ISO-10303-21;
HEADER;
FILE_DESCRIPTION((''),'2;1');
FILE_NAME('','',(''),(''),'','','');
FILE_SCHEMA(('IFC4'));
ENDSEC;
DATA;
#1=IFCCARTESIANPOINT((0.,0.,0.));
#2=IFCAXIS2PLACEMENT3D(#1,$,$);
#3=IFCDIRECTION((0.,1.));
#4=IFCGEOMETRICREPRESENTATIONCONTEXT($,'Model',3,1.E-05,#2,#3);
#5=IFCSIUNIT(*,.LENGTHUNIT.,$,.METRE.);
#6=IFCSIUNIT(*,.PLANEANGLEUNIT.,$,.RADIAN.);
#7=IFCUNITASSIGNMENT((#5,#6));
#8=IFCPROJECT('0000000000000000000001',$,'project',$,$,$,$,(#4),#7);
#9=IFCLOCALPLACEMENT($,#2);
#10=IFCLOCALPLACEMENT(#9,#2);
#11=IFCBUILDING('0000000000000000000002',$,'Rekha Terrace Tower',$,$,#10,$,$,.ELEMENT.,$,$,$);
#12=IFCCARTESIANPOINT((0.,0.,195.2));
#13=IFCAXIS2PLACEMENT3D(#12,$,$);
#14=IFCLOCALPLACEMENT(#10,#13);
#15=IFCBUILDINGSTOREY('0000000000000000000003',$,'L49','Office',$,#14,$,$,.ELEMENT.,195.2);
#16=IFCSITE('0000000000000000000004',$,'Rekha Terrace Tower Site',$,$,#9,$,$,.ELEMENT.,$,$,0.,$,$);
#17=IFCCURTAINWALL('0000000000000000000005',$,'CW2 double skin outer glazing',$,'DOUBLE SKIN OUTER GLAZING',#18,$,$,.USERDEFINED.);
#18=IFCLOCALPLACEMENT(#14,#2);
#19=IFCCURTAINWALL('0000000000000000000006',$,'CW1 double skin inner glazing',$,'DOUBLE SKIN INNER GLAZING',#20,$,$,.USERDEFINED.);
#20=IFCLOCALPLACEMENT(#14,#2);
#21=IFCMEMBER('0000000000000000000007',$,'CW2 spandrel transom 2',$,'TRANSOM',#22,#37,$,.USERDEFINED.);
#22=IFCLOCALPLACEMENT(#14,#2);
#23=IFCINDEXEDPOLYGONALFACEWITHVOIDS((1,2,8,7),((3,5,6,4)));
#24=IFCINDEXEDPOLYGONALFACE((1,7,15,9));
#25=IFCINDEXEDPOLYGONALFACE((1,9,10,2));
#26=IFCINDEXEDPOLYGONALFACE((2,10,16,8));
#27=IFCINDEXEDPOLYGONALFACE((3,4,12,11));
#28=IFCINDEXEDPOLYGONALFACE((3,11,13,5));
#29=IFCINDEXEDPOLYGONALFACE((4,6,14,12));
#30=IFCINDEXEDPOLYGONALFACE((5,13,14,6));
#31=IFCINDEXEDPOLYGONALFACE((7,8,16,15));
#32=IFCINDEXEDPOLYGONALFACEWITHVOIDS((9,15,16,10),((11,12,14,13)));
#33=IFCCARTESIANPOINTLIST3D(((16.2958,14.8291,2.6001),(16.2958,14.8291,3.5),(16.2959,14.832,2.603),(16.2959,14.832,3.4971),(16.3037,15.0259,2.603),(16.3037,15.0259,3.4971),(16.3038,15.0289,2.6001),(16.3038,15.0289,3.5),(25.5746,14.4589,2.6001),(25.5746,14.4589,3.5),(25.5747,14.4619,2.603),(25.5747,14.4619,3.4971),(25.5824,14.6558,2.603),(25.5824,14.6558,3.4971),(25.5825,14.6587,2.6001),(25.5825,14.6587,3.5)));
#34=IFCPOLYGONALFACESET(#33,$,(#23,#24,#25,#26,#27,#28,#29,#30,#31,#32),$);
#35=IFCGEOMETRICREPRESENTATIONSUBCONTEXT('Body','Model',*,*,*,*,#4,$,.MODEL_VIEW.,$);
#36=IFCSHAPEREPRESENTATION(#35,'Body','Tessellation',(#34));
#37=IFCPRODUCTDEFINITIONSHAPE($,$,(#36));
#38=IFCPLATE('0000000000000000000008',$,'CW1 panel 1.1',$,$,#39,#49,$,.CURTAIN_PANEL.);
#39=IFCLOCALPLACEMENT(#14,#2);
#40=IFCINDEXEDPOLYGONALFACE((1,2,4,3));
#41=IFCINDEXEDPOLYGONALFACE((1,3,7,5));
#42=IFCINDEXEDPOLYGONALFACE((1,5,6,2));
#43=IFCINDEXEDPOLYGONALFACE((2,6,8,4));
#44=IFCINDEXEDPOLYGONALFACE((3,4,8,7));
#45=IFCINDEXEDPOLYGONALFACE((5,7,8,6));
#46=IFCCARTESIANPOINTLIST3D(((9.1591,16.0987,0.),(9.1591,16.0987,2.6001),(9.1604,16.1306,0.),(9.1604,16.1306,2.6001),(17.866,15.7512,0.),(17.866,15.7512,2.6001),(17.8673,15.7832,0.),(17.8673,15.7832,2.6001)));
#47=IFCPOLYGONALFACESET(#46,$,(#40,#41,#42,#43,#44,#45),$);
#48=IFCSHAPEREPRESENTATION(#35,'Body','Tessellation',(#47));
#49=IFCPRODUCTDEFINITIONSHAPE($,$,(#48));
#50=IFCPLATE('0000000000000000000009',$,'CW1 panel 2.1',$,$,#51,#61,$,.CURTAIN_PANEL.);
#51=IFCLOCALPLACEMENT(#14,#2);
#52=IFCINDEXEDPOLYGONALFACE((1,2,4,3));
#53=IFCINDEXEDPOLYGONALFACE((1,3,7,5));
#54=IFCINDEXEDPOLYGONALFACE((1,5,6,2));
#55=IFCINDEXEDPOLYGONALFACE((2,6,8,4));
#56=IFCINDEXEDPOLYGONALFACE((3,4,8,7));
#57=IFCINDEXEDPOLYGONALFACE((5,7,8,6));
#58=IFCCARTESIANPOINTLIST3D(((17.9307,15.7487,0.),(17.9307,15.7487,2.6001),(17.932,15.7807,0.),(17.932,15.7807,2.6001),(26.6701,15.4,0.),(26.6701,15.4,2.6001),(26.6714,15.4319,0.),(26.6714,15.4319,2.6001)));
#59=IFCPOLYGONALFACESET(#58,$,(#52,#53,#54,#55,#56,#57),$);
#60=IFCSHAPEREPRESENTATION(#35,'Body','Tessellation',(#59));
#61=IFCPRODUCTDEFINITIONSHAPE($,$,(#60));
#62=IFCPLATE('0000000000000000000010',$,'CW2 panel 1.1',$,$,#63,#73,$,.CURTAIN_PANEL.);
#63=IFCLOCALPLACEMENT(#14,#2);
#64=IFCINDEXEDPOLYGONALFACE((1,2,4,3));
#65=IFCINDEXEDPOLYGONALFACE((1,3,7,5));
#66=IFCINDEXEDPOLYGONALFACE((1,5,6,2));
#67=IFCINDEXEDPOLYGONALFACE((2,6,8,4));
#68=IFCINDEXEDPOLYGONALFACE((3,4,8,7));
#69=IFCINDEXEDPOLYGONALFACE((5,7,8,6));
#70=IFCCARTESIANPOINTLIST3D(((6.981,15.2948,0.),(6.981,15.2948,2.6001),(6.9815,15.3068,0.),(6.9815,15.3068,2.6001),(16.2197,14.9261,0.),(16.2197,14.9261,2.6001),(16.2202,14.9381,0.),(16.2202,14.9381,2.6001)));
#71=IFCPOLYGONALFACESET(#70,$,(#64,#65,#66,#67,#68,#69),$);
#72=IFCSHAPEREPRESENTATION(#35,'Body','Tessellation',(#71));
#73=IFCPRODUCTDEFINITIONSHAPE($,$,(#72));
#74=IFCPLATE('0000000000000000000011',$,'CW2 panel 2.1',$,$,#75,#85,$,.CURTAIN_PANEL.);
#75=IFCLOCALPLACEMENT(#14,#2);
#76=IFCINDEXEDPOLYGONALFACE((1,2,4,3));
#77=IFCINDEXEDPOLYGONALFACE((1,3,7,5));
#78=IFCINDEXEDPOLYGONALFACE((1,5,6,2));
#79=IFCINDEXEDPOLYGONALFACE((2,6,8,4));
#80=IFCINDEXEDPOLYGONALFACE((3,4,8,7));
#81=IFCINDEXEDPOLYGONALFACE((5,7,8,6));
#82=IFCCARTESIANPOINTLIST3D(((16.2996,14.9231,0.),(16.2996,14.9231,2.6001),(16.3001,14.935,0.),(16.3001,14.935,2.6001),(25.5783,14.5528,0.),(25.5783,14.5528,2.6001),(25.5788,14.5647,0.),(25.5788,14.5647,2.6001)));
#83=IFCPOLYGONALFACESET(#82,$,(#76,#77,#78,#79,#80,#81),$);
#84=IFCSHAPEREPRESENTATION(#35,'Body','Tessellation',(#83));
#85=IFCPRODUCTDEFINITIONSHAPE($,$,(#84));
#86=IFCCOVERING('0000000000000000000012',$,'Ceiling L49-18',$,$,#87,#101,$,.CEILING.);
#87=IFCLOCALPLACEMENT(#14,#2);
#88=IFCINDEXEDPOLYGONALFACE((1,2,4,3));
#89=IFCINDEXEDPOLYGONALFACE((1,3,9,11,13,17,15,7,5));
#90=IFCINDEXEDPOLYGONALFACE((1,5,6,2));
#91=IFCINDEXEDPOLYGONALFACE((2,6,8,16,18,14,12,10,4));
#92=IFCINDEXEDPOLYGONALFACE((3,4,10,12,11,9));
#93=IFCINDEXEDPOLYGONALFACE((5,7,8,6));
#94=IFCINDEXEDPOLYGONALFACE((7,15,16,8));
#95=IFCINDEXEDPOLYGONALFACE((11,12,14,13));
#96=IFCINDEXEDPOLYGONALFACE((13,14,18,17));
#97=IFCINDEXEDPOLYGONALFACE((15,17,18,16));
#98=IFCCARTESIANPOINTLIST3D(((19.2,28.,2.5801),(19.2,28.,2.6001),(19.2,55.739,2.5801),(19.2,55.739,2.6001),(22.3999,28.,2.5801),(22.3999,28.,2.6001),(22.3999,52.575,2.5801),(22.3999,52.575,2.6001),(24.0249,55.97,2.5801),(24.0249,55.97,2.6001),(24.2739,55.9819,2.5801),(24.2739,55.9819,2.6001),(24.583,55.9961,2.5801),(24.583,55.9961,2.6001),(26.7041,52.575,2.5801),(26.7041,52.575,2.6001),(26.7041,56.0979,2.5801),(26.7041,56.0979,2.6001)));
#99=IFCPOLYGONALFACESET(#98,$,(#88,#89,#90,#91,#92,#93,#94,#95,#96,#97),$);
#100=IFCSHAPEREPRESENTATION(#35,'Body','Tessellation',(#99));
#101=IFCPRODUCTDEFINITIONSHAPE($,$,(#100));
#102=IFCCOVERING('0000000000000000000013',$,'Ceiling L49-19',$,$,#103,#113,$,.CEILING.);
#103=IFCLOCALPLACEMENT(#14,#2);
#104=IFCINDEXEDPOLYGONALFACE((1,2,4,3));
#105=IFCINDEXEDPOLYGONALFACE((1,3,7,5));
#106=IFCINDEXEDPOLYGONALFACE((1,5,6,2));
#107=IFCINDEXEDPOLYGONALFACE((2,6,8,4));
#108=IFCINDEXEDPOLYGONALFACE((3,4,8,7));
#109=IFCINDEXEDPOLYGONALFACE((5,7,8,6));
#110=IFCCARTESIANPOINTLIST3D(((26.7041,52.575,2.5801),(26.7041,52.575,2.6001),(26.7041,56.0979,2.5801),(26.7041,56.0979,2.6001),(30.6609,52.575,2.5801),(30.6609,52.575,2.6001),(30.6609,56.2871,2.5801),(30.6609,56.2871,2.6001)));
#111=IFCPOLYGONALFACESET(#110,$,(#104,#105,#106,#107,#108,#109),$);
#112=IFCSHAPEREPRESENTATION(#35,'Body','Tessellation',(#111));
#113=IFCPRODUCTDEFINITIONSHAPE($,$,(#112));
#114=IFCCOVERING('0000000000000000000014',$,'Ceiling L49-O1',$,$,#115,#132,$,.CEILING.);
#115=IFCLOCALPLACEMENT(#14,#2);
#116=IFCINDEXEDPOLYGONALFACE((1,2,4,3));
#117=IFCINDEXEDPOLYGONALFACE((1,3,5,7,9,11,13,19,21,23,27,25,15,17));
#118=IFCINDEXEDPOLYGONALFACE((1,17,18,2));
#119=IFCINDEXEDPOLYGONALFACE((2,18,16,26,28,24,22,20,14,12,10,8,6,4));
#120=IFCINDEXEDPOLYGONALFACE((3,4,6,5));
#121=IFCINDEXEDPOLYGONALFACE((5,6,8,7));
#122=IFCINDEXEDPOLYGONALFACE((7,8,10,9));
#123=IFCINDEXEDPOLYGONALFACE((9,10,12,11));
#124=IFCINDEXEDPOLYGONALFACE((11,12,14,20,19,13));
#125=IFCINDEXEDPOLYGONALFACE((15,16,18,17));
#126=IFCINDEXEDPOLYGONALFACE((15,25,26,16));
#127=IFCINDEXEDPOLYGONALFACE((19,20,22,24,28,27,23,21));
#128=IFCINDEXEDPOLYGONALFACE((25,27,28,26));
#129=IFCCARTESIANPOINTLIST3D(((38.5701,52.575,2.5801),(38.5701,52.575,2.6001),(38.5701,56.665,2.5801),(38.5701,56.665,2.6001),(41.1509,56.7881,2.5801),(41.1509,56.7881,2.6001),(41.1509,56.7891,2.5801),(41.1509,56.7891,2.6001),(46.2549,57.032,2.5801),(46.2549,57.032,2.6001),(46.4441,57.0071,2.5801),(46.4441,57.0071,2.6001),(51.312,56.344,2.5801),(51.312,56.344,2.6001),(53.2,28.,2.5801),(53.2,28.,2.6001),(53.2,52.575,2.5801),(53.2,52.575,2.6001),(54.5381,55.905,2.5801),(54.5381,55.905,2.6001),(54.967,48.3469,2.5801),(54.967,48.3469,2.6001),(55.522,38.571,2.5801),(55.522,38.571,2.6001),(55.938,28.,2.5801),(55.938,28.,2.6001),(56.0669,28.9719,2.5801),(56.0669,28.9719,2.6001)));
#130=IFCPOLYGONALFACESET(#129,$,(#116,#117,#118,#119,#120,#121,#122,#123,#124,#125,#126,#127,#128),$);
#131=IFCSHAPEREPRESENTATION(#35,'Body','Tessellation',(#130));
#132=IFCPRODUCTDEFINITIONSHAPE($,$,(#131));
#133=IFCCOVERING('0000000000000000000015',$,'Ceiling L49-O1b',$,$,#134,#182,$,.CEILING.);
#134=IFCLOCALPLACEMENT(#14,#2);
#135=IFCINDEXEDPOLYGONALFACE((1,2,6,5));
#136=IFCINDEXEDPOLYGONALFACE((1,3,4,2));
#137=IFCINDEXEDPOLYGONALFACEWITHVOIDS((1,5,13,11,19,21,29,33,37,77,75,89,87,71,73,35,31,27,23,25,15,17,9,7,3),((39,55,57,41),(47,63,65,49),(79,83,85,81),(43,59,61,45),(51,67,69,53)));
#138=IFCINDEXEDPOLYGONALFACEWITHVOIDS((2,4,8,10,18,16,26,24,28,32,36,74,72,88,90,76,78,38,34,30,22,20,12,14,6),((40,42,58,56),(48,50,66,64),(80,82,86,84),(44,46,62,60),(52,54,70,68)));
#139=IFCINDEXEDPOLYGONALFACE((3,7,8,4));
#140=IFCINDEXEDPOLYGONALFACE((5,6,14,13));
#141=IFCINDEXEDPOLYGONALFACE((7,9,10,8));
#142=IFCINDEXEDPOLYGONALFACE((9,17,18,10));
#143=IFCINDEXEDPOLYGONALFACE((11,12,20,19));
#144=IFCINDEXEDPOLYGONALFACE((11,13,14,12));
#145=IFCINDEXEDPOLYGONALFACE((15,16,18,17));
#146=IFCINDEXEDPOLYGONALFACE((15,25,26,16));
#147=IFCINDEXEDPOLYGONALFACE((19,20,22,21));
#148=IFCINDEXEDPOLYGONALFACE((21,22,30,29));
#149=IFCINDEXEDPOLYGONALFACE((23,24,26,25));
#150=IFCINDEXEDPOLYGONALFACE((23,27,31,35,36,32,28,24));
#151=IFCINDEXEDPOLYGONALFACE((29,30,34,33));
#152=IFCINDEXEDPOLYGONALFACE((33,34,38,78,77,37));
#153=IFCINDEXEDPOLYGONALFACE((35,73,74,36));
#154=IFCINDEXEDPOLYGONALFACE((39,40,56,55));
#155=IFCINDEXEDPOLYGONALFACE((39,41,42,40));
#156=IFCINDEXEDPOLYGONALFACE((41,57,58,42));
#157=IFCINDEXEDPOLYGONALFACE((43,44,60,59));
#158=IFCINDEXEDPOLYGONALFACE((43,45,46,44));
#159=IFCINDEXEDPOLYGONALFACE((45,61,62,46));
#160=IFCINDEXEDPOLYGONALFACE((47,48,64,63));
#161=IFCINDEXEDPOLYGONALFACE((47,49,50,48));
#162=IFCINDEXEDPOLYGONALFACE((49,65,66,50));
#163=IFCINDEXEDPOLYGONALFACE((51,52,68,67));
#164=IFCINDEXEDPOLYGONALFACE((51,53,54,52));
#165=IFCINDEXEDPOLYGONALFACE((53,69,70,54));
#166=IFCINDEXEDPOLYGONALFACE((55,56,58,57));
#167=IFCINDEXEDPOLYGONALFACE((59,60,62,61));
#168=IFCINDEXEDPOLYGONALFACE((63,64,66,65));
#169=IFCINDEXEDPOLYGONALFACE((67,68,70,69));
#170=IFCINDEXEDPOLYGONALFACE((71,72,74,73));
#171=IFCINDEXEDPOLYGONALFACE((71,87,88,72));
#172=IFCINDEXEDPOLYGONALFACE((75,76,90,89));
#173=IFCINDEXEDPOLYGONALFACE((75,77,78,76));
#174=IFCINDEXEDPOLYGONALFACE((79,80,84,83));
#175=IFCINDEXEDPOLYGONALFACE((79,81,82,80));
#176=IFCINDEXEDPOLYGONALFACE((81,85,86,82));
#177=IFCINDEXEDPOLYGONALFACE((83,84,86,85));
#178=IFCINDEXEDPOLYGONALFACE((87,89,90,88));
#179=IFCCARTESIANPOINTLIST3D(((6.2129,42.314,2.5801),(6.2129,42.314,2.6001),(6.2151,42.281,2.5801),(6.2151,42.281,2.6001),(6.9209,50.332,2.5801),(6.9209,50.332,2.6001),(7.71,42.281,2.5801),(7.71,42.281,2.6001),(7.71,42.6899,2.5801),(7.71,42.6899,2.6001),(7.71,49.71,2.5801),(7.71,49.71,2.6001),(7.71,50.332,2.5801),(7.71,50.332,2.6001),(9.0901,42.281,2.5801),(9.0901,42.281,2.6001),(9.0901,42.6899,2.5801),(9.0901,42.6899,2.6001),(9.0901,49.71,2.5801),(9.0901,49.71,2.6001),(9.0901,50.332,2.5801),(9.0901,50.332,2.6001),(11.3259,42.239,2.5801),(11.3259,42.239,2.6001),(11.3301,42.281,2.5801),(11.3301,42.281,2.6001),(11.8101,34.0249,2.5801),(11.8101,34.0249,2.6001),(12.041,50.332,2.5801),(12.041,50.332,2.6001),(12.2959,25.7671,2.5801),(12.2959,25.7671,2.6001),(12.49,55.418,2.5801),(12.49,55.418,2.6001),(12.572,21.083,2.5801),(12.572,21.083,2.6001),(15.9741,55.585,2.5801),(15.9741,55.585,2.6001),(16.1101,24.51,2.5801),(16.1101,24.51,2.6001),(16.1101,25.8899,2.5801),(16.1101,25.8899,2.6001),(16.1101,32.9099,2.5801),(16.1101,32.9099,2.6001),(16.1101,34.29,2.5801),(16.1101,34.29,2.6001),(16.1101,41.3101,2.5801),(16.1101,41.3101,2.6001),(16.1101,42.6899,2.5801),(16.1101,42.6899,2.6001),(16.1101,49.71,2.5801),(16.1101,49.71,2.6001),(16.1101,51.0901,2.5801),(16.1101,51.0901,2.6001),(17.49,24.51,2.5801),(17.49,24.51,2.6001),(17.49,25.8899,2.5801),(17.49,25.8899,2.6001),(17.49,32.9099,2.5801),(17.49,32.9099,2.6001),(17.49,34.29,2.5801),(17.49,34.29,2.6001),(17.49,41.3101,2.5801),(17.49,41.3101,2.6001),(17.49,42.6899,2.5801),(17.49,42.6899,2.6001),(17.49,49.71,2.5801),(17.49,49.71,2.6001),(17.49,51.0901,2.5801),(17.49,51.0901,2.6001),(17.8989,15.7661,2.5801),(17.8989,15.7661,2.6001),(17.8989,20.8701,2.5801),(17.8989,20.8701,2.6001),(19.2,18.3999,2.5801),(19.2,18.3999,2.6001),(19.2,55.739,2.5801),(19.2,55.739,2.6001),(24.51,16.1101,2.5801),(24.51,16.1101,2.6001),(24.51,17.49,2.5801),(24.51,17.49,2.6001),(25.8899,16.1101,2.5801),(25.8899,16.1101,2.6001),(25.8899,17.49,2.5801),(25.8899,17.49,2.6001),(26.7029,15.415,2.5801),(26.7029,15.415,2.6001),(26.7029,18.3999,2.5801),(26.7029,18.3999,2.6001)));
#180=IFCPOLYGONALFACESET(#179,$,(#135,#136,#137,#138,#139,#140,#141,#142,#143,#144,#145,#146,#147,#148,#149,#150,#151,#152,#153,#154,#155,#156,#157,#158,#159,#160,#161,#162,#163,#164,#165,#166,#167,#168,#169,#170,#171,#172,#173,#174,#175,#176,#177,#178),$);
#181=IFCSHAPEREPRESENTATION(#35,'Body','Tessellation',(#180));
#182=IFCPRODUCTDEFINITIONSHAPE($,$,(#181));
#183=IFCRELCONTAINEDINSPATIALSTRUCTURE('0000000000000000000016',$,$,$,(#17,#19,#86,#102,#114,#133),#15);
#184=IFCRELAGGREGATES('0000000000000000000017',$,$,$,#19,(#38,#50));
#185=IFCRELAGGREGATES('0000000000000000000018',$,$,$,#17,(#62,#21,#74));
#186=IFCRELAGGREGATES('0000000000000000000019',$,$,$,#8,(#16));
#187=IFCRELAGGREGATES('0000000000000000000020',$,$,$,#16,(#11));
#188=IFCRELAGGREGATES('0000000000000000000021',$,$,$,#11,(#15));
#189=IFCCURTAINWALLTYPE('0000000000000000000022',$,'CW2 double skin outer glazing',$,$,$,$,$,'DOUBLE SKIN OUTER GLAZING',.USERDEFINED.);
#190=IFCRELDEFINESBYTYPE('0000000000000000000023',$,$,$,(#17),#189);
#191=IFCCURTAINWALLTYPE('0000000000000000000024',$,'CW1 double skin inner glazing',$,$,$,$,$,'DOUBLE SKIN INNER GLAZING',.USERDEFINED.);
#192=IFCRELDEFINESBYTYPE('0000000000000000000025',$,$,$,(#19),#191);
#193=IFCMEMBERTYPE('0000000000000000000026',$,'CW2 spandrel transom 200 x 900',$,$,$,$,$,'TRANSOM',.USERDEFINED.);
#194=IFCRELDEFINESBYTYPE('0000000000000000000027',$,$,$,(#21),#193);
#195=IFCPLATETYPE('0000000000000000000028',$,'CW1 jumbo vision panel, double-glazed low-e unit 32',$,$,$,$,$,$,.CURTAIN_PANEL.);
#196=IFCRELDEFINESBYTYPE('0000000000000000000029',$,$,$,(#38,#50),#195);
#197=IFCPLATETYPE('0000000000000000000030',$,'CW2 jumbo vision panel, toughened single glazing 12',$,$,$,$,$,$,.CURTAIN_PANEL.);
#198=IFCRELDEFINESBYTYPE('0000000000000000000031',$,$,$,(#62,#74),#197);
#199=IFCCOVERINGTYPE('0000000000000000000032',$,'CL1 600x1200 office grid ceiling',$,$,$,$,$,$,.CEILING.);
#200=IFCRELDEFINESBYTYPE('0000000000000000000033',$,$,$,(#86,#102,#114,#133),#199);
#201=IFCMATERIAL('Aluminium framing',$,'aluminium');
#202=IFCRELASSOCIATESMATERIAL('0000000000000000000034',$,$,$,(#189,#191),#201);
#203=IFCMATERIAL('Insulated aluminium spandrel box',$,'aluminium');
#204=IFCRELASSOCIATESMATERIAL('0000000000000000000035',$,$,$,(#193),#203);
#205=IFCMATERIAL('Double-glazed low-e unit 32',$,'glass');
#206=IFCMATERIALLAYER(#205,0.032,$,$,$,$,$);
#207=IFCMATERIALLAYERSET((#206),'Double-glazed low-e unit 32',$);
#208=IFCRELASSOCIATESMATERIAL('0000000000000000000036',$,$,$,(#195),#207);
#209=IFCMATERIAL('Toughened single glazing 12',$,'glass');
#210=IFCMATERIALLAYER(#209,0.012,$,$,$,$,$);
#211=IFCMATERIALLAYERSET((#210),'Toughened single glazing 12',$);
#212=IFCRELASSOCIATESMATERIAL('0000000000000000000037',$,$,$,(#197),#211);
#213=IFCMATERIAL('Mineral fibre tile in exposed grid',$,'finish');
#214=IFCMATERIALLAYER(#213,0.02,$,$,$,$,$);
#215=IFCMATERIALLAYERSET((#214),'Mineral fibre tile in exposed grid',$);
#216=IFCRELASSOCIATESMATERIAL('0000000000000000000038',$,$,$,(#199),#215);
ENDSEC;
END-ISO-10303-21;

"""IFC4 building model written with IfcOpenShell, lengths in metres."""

from ifc_helpers import new_model, si_unit, direction, frame, origin, origin_2d, place, context, subcontext, project, spatial, polyline, rectangle, hollow_rectangle, outline, extrude, material, layer, layer_set, material_profile, profile_set, type_object, element, aggregate, save


model = new_model("IFC4")

# Units and contexts
model_context = context("Model", 3, precision=1e-05, world=origin(), true_north=direction((0.0, 1.0)))
body_context = subcontext(model_context, "Body", "Model", "MODEL_VIEW")
ifc_project = project(units=[si_unit("LENGTHUNIT", "METRE"), si_unit("PLANEANGLEUNIT", "RADIAN")], contexts=[model_context])

# Site, building, storey
site_placement = place(None, origin())
site = spatial("IfcSite", under=ifc_project, at=site_placement, Name="Rekha Terrace Tower Site", CompositionType="ELEMENT", RefElevation=0.0)
building_placement = place(site_placement, origin())
building = spatial("IfcBuilding", under=site, at=building_placement, Name="Rekha Terrace Tower", CompositionType="ELEMENT")
storey_placement = place(building_placement, frame((0.0, 0.0, 195.2)))
storey = spatial("IfcBuildingStorey", under=building, at=storey_placement, Name="L49", Description="Office", CompositionType="ELEMENT", Elevation=195.2)

# Curtain walls
ifc_material_1 = material(Name="Aluminium framing", Category="aluminium")
curtain_wall_type_1 = type_object("IfcCurtainWallType", Name="CW2 double skin outer glazing", ElementType="DOUBLE SKIN OUTER GLAZING", PredefinedType="USERDEFINED", material=ifc_material_1)
curtain_wall_1_placement = place(storey_placement, origin())
curtain_wall_1 = element("IfcCurtainWall", 1, at=curtain_wall_1_placement, inside=storey, type_object=curtain_wall_type_1, Name="CW2 double skin outer glazing", ObjectType="DOUBLE SKIN OUTER GLAZING", PredefinedType="USERDEFINED")
curtain_wall_type_2 = type_object("IfcCurtainWallType", Name="CW1 double skin inner glazing", ElementType="DOUBLE SKIN INNER GLAZING", PredefinedType="USERDEFINED", material=ifc_material_1)
curtain_wall_2_placement = place(storey_placement, origin())
curtain_wall_2 = element("IfcCurtainWall", 2, at=curtain_wall_2_placement, inside=storey, type_object=curtain_wall_type_2, Name="CW1 double skin inner glazing", ObjectType="DOUBLE SKIN INNER GLAZING", PredefinedType="USERDEFINED")
ifc_material_2 = material(Name="Insulated aluminium spandrel box", Category="aluminium")

# Member
ifc_material_profile_1 = material_profile(ifc_material_2, hollow_rectangle(XDim=0.2, YDim=0.8999, WallThickness=0.0029, at=origin_2d()), Name="AL SPANDREL BOX 200x900")
ifc_profile_set_1 = profile_set([ifc_material_profile_1], Name="Insulated aluminium spandrel box")
member_type_1 = type_object("IfcMemberType", Name="CW2 spandrel transom 200 x 900", ElementType="TRANSOM", PredefinedType="USERDEFINED", material=ifc_profile_set_1)
member_1_placement = place(storey_placement, frame((16.2998, 14.929, 3.05), z_axis=(0.999205, -0.039857, 0.0), x_axis=(0.039857, 0.999205, 0.0)))
member_1 = element("IfcMember", 3, at=member_1_placement, type_object=member_type_1, Name="CW2 spandrel transom 2", ObjectType="TRANSOM", PredefinedType="USERDEFINED", context=body_context, shape_type="SweptSolid", body=[
    extrude(hollow_rectangle(XDim=0.2, YDim=0.8999, WallThickness=0.0029, at=origin_2d()), origin(), (0.0, 0.0, 1.0), 9.2861),
])

# Plates
ifc_material_3 = material(Name="Double-glazed low-e unit 32", Category="glass")
ifc_layer_1 = layer(ifc_material_3, 0.032)
ifc_layer_set_1 = layer_set([ifc_layer_1], Name="Double-glazed low-e unit 32")
plate_type_1 = type_object("IfcPlateType", Name="CW1 jumbo vision panel, double-glazed low-e unit 32", PredefinedType="CURTAIN_PANEL", material=ifc_layer_set_1)
plate_1_placement = place(storey_placement, frame((13.5132, 15.9409, 0.0), z_axis=(0.0, 0.0, 1.0), x_axis=(0.999205, -0.039872, 0.0)))
plate_1 = element("IfcPlate", 4, at=plate_1_placement, type_object=plate_type_1, Name="CW1 panel 1.1", PredefinedType="CURTAIN_PANEL", context=body_context, shape_type="SweptSolid", body=[
    extrude(rectangle(XDim=8.7139, YDim=0.032, at=origin_2d()), origin(), (0.0, 0.0, 1.0), 2.6001),
])
plate_2_placement = place(storey_placement, frame((22.301, 15.5903, 0.0), z_axis=(0.0, 0.0, 1.0), x_axis=(0.999205, -0.039872, 0.0)))
plate_2 = element("IfcPlate", 5, at=plate_2_placement, type_object=plate_type_1, Name="CW1 panel 2.1", PredefinedType="CURTAIN_PANEL", context=body_context, shape_type="SweptSolid", body=[
    extrude(rectangle(XDim=8.7463, YDim=0.032, at=origin_2d()), origin(), (0.0, 0.0, 1.0), 2.6001),
])
aggregate(curtain_wall_2, [plate_1, plate_2])
ifc_material_4 = material(Name="Toughened single glazing 12", Category="glass")
ifc_layer_2 = layer(ifc_material_4, 0.012)
ifc_layer_set_2 = layer_set([ifc_layer_2], Name="Toughened single glazing 12")
plate_type_2 = type_object("IfcPlateType", Name="CW2 jumbo vision panel, toughened single glazing 12", PredefinedType="CURTAIN_PANEL", material=ifc_layer_set_2)
plate_3_placement = place(storey_placement, frame((11.6006, 15.1165, 0.0), z_axis=(0.0, 0.0, 1.0), x_axis=(0.999205, -0.039872, 0.0)))
plate_3 = element("IfcPlate", 6, at=plate_3_placement, type_object=plate_type_2, Name="CW2 panel 1.1", PredefinedType="CURTAIN_PANEL", context=body_context, shape_type="SweptSolid", body=[
    extrude(rectangle(XDim=9.2461, YDim=0.012, at=origin_2d()), origin(), (0.0, 0.0, 1.0), 2.6001),
])
plate_4_placement = place(storey_placement, frame((20.9392, 14.7439, 0.0), z_axis=(0.0, 0.0, 1.0), x_axis=(0.999205, -0.039872, 0.0)))
plate_4 = element("IfcPlate", 7, at=plate_4_placement, type_object=plate_type_2, Name="CW2 panel 2.1", PredefinedType="CURTAIN_PANEL", context=body_context, shape_type="SweptSolid", body=[
    extrude(rectangle(XDim=9.2861, YDim=0.012, at=origin_2d()), origin(), (0.0, 0.0, 1.0), 2.6001),
])
aggregate(curtain_wall_1, [plate_3, member_1, plate_4])

# Coverings
ifc_material_5 = material(Name="Mineral fibre tile in exposed grid", Category="finish")
ifc_layer_3 = layer(ifc_material_5, 0.02)
ifc_layer_set_3 = layer_set([ifc_layer_3], Name="Mineral fibre tile in exposed grid")
covering_type_1 = type_object("IfcCoveringType", Name="CL1 600x1200 office grid ceiling", PredefinedType="CEILING", material=ifc_layer_set_3)
covering_1_placement = place(storey_placement, frame((0.0, 0.0, 2.5801)))
element("IfcCovering", 8, at=covering_1_placement, inside=storey, type_object=covering_type_1, Name="Ceiling L49-18", PredefinedType="CEILING", context=body_context, shape_type="SweptSolid", body=[
    extrude(outline(polyline([(26.7041, 56.0979), (24.583, 55.9961), (24.2739, 55.9819), (24.0249, 55.97), (19.2, 55.739), (19.2, 28.0), (22.3999, 28.0), (22.3999, 52.575), (26.7041, 52.575), (26.7041, 56.0979)])), origin(), (0.0, 0.0, 1.0), 0.02),
])
covering_2_placement = place(storey_placement, frame((0.0, 0.0, 2.5801)))
element("IfcCovering", 9, at=covering_2_placement, inside=storey, type_object=covering_type_1, Name="Ceiling L49-19", PredefinedType="CEILING", context=body_context, shape_type="SweptSolid", body=[
    extrude(outline(polyline([(30.6609, 52.575), (30.6609, 56.2871), (26.7041, 56.0979), (26.7041, 52.575), (30.6609, 52.575)])), origin(), (0.0, 0.0, 1.0), 0.02),
])
covering_3_placement = place(storey_placement, frame((0.0, 0.0, 2.5801)))
element("IfcCovering", 10, at=covering_3_placement, inside=storey, type_object=covering_type_1, Name="Ceiling L49-O1", PredefinedType="CEILING", context=body_context, shape_type="SweptSolid", body=[
    extrude(outline(polyline([(41.1509, 56.7891), (41.1509, 56.7881), (38.5701, 56.665), (38.5701, 52.575), (53.2, 52.575), (53.2, 28.0), (55.938, 28.0), (56.0669, 28.9719), (55.522, 38.571), (54.967, 48.3469), (54.5381, 55.905), (51.312, 56.344), (46.4441, 57.0071), (46.2549, 57.032), (41.1509, 56.7891)])), origin(), (0.0, 0.0, 1.0), 0.02),
])
covering_4_placement = place(storey_placement, frame((0.0, 0.0, 2.5801)))
element("IfcCovering", 11, at=covering_4_placement, inside=storey, type_object=covering_type_1, Name="Ceiling L49-O1b", PredefinedType="CEILING", context=body_context, shape_type="SweptSolid", body=[
    extrude(outline(polyline([(11.8101, 34.0249), (12.2959, 25.7671), (12.572, 21.083), (17.8989, 20.8701), (17.8989, 15.7661), (26.7029, 15.415), (26.7029, 18.3999), (19.2, 18.3999), (19.2, 55.739), (15.9741, 55.585), (12.49, 55.418), (12.041, 50.332), (9.0901, 50.332), (9.0901, 49.71), (7.71, 49.71), (7.71, 50.332), (6.9209, 50.332), (6.2129, 42.314), (6.2151, 42.281), (7.71, 42.281), (7.71, 42.6899), (9.0901, 42.6899), (9.0901, 42.281), (11.3301, 42.281), (11.3259, 42.239), (11.8101, 34.0249)]), holes=[polyline([(25.8899, 17.49), (25.8899, 16.1101), (24.51, 16.1101), (24.51, 17.49), (25.8899, 17.49)]), polyline([(17.49, 24.51), (16.1101, 24.51), (16.1101, 25.8899), (17.49, 25.8899), (17.49, 24.51)]), polyline([(17.49, 32.9099), (16.1101, 32.9099), (16.1101, 34.29), (17.49, 34.29), (17.49, 32.9099)]), polyline([(17.49, 42.6899), (17.49, 41.3101), (16.1101, 41.3101), (16.1101, 42.6899), (17.49, 42.6899)]), polyline([(17.49, 51.0901), (17.49, 49.71), (16.1101, 49.71), (16.1101, 51.0901), (17.49, 51.0901)])]), origin(), (0.0, 0.0, 1.0), 0.02),
])

save(model, "model.ifc")
